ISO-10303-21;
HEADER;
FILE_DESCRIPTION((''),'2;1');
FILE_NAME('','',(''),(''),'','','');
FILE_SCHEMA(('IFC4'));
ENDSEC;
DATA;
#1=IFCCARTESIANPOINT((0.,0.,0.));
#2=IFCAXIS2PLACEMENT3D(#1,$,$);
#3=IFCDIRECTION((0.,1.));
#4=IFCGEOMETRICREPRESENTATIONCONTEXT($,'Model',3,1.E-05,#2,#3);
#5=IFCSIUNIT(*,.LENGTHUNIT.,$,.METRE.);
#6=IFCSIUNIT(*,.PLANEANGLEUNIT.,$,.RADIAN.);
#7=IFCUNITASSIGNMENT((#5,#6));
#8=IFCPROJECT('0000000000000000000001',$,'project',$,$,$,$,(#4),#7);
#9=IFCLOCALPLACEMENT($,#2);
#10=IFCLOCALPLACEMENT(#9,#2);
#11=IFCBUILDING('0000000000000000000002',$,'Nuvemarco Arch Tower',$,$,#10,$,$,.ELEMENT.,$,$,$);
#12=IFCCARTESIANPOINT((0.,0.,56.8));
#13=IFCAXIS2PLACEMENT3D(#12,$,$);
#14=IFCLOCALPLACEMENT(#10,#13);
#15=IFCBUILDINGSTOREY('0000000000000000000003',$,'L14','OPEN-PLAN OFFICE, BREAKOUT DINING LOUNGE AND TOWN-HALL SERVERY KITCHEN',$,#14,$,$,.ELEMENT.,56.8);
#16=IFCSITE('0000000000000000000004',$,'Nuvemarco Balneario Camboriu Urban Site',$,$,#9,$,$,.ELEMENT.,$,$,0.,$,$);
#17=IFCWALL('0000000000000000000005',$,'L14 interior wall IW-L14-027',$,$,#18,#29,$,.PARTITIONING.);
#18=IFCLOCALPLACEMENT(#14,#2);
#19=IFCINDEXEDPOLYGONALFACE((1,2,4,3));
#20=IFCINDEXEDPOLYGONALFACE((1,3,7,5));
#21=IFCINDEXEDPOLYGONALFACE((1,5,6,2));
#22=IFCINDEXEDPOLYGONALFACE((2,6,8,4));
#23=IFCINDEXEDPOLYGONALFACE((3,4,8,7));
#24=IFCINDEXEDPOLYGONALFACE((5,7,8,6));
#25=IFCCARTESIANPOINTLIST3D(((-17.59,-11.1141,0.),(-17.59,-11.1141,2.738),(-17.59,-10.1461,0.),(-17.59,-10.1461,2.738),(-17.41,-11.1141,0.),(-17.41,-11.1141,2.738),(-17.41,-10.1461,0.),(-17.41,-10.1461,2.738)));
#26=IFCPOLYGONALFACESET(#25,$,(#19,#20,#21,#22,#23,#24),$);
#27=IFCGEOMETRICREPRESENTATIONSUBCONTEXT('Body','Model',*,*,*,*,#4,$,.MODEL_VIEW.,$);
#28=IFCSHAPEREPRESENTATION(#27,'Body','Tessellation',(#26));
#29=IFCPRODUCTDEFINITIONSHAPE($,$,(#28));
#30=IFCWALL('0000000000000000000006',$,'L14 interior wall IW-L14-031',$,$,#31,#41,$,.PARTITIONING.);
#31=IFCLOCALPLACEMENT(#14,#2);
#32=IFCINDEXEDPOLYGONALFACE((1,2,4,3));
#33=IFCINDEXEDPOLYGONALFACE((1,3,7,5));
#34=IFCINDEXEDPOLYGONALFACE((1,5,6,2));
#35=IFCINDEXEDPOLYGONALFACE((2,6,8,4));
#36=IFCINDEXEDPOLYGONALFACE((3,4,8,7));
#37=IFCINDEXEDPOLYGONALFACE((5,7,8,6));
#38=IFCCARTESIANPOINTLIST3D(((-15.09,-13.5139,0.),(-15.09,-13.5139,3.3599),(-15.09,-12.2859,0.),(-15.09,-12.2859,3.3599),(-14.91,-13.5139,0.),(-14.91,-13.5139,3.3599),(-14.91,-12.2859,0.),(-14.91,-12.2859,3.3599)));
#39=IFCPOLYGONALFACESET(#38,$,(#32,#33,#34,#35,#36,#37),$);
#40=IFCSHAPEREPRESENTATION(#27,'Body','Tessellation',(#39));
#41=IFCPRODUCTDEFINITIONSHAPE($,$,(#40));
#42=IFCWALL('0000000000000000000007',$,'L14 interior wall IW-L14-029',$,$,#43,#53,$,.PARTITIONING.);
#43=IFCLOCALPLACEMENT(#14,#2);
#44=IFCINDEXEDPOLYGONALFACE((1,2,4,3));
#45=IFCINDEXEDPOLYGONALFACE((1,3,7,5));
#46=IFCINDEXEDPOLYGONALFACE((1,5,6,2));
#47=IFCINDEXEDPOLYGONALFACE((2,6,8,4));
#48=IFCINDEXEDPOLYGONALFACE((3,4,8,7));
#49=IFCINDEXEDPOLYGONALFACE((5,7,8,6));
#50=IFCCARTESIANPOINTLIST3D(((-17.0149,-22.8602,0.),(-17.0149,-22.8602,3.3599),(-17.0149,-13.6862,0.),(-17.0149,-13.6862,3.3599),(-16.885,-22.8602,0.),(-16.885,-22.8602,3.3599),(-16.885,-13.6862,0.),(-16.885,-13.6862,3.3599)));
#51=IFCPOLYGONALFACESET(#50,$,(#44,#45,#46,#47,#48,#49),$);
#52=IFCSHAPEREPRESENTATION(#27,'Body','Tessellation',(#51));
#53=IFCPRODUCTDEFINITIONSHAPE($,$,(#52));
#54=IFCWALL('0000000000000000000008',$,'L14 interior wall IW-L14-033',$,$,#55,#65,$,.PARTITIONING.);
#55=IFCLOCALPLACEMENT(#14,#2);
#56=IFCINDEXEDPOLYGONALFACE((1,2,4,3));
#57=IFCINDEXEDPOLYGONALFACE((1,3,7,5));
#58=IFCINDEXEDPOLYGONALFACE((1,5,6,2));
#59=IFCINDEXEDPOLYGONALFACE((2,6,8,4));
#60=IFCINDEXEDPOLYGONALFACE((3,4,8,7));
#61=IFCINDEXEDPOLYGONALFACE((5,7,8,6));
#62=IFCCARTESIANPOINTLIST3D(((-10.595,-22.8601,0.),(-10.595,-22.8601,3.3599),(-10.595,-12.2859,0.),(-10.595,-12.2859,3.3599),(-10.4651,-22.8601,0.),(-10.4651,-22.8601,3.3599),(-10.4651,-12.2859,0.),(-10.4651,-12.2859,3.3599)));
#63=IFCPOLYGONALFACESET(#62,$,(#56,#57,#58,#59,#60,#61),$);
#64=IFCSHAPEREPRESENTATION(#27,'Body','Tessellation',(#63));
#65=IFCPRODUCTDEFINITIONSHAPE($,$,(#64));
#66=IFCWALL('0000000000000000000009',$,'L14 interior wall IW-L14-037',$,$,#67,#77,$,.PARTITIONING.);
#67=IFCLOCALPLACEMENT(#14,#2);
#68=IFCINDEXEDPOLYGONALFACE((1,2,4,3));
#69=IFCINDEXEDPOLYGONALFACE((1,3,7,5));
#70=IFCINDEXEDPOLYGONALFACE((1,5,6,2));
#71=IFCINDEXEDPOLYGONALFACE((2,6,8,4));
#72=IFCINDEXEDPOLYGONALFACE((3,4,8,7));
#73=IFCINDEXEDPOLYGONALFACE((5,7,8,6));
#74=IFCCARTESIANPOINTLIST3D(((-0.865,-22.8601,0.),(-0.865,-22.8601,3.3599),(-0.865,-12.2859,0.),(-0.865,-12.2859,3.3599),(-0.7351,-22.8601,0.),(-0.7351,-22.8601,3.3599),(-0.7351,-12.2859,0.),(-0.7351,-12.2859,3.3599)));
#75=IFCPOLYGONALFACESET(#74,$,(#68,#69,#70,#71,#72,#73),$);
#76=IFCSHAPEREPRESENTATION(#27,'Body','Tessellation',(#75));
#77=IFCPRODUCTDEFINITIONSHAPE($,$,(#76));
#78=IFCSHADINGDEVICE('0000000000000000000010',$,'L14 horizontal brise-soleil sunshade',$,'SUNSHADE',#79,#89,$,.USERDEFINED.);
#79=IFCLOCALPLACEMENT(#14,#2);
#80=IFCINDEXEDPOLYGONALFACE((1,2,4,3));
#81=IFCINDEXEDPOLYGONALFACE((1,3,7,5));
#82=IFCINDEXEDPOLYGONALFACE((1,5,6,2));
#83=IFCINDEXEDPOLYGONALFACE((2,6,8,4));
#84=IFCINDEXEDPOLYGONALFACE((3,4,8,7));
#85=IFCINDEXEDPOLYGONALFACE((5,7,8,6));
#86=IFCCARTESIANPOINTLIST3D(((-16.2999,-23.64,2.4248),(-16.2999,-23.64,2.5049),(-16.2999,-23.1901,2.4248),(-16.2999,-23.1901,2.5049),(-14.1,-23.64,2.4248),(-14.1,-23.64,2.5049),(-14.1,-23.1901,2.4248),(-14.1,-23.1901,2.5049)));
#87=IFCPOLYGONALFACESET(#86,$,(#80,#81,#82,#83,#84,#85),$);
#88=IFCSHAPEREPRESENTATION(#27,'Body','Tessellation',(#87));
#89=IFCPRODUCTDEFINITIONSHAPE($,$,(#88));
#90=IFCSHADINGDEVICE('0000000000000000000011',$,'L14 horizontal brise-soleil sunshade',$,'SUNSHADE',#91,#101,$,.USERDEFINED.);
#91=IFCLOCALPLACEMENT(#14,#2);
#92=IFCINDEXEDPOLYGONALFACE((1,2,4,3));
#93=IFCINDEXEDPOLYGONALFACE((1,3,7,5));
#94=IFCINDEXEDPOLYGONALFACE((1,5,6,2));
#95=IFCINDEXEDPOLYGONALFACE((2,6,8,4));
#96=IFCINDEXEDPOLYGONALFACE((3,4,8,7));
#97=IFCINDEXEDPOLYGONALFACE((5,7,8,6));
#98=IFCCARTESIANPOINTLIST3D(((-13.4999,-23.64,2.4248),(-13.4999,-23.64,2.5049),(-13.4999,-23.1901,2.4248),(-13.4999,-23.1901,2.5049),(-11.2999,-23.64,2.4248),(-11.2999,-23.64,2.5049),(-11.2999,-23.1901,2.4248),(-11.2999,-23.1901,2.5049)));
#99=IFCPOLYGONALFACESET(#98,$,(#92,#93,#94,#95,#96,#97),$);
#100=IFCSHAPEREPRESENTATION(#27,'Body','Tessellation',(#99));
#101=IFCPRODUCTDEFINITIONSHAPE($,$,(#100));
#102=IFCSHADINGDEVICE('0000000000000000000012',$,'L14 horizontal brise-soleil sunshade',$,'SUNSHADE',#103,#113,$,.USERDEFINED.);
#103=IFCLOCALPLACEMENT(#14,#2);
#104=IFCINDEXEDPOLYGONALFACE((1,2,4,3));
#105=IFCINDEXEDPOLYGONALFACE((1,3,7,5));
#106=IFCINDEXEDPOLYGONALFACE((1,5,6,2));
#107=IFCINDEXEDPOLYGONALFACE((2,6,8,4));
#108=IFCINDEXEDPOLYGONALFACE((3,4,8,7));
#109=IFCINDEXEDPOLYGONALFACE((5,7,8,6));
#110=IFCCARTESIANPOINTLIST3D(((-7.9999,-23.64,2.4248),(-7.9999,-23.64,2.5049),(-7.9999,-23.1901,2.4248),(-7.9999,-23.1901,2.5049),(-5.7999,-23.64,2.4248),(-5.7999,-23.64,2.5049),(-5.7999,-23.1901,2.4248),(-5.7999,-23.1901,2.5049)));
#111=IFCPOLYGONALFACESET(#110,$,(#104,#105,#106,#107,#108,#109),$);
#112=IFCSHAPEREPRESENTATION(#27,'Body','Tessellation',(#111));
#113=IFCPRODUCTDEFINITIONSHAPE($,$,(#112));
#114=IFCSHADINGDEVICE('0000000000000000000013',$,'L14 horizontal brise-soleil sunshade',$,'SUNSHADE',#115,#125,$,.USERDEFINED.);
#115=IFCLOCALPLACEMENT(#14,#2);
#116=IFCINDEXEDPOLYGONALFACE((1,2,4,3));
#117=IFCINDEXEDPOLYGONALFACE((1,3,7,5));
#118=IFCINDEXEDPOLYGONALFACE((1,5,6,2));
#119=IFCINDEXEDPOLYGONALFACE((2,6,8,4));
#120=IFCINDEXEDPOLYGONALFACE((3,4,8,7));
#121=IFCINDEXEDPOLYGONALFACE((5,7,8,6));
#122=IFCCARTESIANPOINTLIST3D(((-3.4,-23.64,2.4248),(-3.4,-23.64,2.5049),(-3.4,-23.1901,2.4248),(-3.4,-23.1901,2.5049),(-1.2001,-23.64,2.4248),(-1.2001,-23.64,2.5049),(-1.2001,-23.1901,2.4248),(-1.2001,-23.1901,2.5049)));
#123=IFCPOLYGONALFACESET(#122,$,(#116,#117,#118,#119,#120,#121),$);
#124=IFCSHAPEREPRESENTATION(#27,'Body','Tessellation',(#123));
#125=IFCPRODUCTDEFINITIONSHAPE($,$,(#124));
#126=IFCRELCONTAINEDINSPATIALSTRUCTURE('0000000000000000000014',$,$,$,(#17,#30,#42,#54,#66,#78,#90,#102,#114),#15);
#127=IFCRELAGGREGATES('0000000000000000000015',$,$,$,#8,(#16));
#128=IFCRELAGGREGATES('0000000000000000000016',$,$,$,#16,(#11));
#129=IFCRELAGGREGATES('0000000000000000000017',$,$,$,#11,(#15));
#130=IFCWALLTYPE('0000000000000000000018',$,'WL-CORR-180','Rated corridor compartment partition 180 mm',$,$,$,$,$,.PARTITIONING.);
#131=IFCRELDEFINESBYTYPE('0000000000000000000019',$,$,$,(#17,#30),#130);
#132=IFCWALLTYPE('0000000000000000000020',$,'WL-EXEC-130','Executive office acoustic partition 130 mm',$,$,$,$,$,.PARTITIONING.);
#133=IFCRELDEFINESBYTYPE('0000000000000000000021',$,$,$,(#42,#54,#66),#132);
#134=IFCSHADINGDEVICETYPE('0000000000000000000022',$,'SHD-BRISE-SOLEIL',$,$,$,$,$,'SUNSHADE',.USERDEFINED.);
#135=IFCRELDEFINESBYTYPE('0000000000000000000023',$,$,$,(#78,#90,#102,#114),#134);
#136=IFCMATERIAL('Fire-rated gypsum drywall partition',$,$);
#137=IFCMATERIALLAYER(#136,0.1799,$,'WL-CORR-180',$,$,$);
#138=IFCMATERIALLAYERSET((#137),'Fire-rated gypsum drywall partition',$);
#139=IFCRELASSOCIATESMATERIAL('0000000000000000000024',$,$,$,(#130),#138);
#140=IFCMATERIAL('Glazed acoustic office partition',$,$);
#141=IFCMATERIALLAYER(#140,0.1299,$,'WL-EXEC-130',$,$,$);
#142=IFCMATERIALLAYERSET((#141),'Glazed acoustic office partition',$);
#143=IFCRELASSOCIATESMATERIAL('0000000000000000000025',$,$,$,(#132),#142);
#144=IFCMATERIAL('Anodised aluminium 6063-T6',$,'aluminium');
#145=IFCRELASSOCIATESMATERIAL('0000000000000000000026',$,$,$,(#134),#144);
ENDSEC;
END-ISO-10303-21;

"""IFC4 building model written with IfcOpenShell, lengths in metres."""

from ifc_helpers import new_model, si_unit, direction, frame, frame_2d, origin, origin_2d, place, context, subcontext, project, spatial, rectangle, extrude, source, transform, mapped, material, layer, layer_set, type_object, type_shapes, element, save


model = new_model("IFC4")

# Units and contexts
model_context = context("Model", 3, precision=1e-05, world=origin(), true_north=direction((0.0, 1.0)))
body_context = subcontext(model_context, "Body", "Model", "MODEL_VIEW")
ifc_project = project(units=[si_unit("LENGTHUNIT", "METRE"), si_unit("PLANEANGLEUNIT", "RADIAN")], contexts=[model_context])

# Site, building, storey
site_placement = place(None, origin())
site = spatial("IfcSite", under=ifc_project, at=site_placement, Name="Nuvemarco Balneario Camboriu Urban Site", CompositionType="ELEMENT", RefElevation=0.0)
building_placement = place(site_placement, origin())
building = spatial("IfcBuilding", under=site, at=building_placement, Name="Nuvemarco Arch Tower", CompositionType="ELEMENT")
storey_placement = place(building_placement, frame((0.0, 0.0, 56.8)))
storey = spatial("IfcBuildingStorey", under=building, at=storey_placement, Name="L14", Description="OPEN-PLAN OFFICE, BREAKOUT DINING LOUNGE AND TOWN-HALL SERVERY KITCHEN", CompositionType="ELEMENT", Elevation=56.8)

# Shared definitions
ifc_material_1 = material(Name="Fire-rated gypsum drywall partition")
ifc_layer_1 = layer(ifc_material_1, 0.1799, Name="WL-CORR-180")
ifc_layer_set_1 = layer_set([ifc_layer_1], Name="Fire-rated gypsum drywall partition")
wall_type_1 = type_object("IfcWallType", Name="WL-CORR-180", Description="Rated corridor compartment partition 180 mm", PredefinedType="PARTITIONING", material=ifc_layer_set_1)

# Walls
wall_1_placement = place(storey_placement, frame((-17.5, -11.114, 0.0), z_axis=(0.0, 0.0, 1.0), x_axis=(0.0, 1.0, 0.0)))
element("IfcWall", 1, at=wall_1_placement, inside=storey, type_object=wall_type_1, Name="L14 interior wall IW-L14-027", PredefinedType="PARTITIONING", context=body_context, shape_type="SweptSolid", body=[
    extrude(rectangle(XDim=0.968, YDim=0.1799, at=frame_2d((0.4839, 0.0))), origin(), (0.0, 0.0, 1.0), 2.738),
])
wall_2_placement = place(storey_placement, frame((-15.0, -13.5139, 0.0), z_axis=(0.0, 0.0, 1.0), x_axis=(0.0, 1.0, 0.0)))
element("IfcWall", 2, at=wall_2_placement, inside=storey, type_object=wall_type_1, Name="L14 interior wall IW-L14-031", PredefinedType="PARTITIONING", context=body_context, shape_type="SweptSolid", body=[
    extrude(rectangle(XDim=1.228, YDim=0.1799, at=frame_2d((0.614, 0.0))), origin(), (0.0, 0.0, 1.0), 3.3599),
])
ifc_material_2 = material(Name="Glazed acoustic office partition")
ifc_layer_2 = layer(ifc_material_2, 0.1299, Name="WL-EXEC-130")
ifc_layer_set_2 = layer_set([ifc_layer_2], Name="Glazed acoustic office partition")
wall_type_2 = type_object("IfcWallType", Name="WL-EXEC-130", Description="Executive office acoustic partition 130 mm", PredefinedType="PARTITIONING", material=ifc_layer_set_2)
wall_3_placement = place(storey_placement, frame((-16.95, -22.8601, 0.0), z_axis=(0.0, 0.0, 1.0), x_axis=(0.0, 1.0, 0.0)))
element("IfcWall", 3, at=wall_3_placement, inside=storey, type_object=wall_type_2, Name="L14 interior wall IW-L14-029", PredefinedType="PARTITIONING", context=body_context, shape_type="SweptSolid", body=[
    extrude(rectangle(XDim=9.1741, YDim=0.1299, at=frame_2d((4.5869, 0.0))), origin(), (0.0, 0.0, 1.0), 3.3599),
])
for number, where, z_axis, x_axis, name in (
    (4, (-10.53, -22.8601, 0.0), (0.0, 0.0, 1.0), (0.0, 1.0, 0.0), "L14 interior wall IW-L14-033"),
    (5, (-0.8, -22.8601, 0.0), (0.0, 0.0, 1.0), (0.0, 1.0, 0.0), "L14 interior wall IW-L14-037"),
):
    element("IfcWall", number, at=place(storey_placement, frame(where, z_axis=z_axis, x_axis=x_axis)), inside=storey, type_object=wall_type_2, Name=name, PredefinedType="PARTITIONING", context=body_context, shape_type="SweptSolid", body=[
        extrude(rectangle(XDim=10.5742, YDim=0.1299, at=frame_2d((5.2871, 0.0))), origin(), (0.0, 0.0, 1.0), 3.3599),
    ])

# Shading devices
ifc_material_3 = material(Name="Anodised aluminium 6063-T6", Category="aluminium")
shading_device_type = type_object("IfcShadingDeviceType", Name="SHD-BRISE-SOLEIL", ElementType="SUNSHADE", PredefinedType="USERDEFINED", material=ifc_material_3)
shared_shape_1 = source(origin(), body_context, "Body", "SweptSolid", [
    extrude(rectangle(XDim=2.2, YDim=0.45, at=origin_2d()), origin(), (0.0, 0.0, 1.0), 0.0801),
])
type_shapes(shading_device_type, [shared_shape_1])
for number, where, z_axis, x_axis, name in (
    (6, (-15.2, -23.415, 2.4248), (0.0, 0.0, 1.0), (1.0, 0.0, 0.0), "L14 horizontal brise-soleil sunshade"),
    (7, (-12.3999, -23.415, 2.4248), (0.0, 0.0, 1.0), (1.0, 0.0, 0.0), "L14 horizontal brise-soleil sunshade"),
    (8, (-6.8999, -23.415, 2.4248), (0.0, 0.0, 1.0), (1.0, 0.0, 0.0), "L14 horizontal brise-soleil sunshade"),
    (9, (-2.3, -23.415, 2.4248), (0.0, 0.0, 1.0), (1.0, 0.0, 0.0), "L14 horizontal brise-soleil sunshade"),
):
    element("IfcShadingDevice", number, at=place(storey_placement, frame(where, z_axis=z_axis, x_axis=x_axis)), inside=storey, type_object=shading_device_type, Name=name, ObjectType="SUNSHADE", PredefinedType="USERDEFINED", context=body_context, shape_type="MappedRepresentation", body=[
        mapped(shared_shape_1, transform((0.0, 0.0, 0.0), scale=1.0)),
    ])

save(model, "model.ifc")
